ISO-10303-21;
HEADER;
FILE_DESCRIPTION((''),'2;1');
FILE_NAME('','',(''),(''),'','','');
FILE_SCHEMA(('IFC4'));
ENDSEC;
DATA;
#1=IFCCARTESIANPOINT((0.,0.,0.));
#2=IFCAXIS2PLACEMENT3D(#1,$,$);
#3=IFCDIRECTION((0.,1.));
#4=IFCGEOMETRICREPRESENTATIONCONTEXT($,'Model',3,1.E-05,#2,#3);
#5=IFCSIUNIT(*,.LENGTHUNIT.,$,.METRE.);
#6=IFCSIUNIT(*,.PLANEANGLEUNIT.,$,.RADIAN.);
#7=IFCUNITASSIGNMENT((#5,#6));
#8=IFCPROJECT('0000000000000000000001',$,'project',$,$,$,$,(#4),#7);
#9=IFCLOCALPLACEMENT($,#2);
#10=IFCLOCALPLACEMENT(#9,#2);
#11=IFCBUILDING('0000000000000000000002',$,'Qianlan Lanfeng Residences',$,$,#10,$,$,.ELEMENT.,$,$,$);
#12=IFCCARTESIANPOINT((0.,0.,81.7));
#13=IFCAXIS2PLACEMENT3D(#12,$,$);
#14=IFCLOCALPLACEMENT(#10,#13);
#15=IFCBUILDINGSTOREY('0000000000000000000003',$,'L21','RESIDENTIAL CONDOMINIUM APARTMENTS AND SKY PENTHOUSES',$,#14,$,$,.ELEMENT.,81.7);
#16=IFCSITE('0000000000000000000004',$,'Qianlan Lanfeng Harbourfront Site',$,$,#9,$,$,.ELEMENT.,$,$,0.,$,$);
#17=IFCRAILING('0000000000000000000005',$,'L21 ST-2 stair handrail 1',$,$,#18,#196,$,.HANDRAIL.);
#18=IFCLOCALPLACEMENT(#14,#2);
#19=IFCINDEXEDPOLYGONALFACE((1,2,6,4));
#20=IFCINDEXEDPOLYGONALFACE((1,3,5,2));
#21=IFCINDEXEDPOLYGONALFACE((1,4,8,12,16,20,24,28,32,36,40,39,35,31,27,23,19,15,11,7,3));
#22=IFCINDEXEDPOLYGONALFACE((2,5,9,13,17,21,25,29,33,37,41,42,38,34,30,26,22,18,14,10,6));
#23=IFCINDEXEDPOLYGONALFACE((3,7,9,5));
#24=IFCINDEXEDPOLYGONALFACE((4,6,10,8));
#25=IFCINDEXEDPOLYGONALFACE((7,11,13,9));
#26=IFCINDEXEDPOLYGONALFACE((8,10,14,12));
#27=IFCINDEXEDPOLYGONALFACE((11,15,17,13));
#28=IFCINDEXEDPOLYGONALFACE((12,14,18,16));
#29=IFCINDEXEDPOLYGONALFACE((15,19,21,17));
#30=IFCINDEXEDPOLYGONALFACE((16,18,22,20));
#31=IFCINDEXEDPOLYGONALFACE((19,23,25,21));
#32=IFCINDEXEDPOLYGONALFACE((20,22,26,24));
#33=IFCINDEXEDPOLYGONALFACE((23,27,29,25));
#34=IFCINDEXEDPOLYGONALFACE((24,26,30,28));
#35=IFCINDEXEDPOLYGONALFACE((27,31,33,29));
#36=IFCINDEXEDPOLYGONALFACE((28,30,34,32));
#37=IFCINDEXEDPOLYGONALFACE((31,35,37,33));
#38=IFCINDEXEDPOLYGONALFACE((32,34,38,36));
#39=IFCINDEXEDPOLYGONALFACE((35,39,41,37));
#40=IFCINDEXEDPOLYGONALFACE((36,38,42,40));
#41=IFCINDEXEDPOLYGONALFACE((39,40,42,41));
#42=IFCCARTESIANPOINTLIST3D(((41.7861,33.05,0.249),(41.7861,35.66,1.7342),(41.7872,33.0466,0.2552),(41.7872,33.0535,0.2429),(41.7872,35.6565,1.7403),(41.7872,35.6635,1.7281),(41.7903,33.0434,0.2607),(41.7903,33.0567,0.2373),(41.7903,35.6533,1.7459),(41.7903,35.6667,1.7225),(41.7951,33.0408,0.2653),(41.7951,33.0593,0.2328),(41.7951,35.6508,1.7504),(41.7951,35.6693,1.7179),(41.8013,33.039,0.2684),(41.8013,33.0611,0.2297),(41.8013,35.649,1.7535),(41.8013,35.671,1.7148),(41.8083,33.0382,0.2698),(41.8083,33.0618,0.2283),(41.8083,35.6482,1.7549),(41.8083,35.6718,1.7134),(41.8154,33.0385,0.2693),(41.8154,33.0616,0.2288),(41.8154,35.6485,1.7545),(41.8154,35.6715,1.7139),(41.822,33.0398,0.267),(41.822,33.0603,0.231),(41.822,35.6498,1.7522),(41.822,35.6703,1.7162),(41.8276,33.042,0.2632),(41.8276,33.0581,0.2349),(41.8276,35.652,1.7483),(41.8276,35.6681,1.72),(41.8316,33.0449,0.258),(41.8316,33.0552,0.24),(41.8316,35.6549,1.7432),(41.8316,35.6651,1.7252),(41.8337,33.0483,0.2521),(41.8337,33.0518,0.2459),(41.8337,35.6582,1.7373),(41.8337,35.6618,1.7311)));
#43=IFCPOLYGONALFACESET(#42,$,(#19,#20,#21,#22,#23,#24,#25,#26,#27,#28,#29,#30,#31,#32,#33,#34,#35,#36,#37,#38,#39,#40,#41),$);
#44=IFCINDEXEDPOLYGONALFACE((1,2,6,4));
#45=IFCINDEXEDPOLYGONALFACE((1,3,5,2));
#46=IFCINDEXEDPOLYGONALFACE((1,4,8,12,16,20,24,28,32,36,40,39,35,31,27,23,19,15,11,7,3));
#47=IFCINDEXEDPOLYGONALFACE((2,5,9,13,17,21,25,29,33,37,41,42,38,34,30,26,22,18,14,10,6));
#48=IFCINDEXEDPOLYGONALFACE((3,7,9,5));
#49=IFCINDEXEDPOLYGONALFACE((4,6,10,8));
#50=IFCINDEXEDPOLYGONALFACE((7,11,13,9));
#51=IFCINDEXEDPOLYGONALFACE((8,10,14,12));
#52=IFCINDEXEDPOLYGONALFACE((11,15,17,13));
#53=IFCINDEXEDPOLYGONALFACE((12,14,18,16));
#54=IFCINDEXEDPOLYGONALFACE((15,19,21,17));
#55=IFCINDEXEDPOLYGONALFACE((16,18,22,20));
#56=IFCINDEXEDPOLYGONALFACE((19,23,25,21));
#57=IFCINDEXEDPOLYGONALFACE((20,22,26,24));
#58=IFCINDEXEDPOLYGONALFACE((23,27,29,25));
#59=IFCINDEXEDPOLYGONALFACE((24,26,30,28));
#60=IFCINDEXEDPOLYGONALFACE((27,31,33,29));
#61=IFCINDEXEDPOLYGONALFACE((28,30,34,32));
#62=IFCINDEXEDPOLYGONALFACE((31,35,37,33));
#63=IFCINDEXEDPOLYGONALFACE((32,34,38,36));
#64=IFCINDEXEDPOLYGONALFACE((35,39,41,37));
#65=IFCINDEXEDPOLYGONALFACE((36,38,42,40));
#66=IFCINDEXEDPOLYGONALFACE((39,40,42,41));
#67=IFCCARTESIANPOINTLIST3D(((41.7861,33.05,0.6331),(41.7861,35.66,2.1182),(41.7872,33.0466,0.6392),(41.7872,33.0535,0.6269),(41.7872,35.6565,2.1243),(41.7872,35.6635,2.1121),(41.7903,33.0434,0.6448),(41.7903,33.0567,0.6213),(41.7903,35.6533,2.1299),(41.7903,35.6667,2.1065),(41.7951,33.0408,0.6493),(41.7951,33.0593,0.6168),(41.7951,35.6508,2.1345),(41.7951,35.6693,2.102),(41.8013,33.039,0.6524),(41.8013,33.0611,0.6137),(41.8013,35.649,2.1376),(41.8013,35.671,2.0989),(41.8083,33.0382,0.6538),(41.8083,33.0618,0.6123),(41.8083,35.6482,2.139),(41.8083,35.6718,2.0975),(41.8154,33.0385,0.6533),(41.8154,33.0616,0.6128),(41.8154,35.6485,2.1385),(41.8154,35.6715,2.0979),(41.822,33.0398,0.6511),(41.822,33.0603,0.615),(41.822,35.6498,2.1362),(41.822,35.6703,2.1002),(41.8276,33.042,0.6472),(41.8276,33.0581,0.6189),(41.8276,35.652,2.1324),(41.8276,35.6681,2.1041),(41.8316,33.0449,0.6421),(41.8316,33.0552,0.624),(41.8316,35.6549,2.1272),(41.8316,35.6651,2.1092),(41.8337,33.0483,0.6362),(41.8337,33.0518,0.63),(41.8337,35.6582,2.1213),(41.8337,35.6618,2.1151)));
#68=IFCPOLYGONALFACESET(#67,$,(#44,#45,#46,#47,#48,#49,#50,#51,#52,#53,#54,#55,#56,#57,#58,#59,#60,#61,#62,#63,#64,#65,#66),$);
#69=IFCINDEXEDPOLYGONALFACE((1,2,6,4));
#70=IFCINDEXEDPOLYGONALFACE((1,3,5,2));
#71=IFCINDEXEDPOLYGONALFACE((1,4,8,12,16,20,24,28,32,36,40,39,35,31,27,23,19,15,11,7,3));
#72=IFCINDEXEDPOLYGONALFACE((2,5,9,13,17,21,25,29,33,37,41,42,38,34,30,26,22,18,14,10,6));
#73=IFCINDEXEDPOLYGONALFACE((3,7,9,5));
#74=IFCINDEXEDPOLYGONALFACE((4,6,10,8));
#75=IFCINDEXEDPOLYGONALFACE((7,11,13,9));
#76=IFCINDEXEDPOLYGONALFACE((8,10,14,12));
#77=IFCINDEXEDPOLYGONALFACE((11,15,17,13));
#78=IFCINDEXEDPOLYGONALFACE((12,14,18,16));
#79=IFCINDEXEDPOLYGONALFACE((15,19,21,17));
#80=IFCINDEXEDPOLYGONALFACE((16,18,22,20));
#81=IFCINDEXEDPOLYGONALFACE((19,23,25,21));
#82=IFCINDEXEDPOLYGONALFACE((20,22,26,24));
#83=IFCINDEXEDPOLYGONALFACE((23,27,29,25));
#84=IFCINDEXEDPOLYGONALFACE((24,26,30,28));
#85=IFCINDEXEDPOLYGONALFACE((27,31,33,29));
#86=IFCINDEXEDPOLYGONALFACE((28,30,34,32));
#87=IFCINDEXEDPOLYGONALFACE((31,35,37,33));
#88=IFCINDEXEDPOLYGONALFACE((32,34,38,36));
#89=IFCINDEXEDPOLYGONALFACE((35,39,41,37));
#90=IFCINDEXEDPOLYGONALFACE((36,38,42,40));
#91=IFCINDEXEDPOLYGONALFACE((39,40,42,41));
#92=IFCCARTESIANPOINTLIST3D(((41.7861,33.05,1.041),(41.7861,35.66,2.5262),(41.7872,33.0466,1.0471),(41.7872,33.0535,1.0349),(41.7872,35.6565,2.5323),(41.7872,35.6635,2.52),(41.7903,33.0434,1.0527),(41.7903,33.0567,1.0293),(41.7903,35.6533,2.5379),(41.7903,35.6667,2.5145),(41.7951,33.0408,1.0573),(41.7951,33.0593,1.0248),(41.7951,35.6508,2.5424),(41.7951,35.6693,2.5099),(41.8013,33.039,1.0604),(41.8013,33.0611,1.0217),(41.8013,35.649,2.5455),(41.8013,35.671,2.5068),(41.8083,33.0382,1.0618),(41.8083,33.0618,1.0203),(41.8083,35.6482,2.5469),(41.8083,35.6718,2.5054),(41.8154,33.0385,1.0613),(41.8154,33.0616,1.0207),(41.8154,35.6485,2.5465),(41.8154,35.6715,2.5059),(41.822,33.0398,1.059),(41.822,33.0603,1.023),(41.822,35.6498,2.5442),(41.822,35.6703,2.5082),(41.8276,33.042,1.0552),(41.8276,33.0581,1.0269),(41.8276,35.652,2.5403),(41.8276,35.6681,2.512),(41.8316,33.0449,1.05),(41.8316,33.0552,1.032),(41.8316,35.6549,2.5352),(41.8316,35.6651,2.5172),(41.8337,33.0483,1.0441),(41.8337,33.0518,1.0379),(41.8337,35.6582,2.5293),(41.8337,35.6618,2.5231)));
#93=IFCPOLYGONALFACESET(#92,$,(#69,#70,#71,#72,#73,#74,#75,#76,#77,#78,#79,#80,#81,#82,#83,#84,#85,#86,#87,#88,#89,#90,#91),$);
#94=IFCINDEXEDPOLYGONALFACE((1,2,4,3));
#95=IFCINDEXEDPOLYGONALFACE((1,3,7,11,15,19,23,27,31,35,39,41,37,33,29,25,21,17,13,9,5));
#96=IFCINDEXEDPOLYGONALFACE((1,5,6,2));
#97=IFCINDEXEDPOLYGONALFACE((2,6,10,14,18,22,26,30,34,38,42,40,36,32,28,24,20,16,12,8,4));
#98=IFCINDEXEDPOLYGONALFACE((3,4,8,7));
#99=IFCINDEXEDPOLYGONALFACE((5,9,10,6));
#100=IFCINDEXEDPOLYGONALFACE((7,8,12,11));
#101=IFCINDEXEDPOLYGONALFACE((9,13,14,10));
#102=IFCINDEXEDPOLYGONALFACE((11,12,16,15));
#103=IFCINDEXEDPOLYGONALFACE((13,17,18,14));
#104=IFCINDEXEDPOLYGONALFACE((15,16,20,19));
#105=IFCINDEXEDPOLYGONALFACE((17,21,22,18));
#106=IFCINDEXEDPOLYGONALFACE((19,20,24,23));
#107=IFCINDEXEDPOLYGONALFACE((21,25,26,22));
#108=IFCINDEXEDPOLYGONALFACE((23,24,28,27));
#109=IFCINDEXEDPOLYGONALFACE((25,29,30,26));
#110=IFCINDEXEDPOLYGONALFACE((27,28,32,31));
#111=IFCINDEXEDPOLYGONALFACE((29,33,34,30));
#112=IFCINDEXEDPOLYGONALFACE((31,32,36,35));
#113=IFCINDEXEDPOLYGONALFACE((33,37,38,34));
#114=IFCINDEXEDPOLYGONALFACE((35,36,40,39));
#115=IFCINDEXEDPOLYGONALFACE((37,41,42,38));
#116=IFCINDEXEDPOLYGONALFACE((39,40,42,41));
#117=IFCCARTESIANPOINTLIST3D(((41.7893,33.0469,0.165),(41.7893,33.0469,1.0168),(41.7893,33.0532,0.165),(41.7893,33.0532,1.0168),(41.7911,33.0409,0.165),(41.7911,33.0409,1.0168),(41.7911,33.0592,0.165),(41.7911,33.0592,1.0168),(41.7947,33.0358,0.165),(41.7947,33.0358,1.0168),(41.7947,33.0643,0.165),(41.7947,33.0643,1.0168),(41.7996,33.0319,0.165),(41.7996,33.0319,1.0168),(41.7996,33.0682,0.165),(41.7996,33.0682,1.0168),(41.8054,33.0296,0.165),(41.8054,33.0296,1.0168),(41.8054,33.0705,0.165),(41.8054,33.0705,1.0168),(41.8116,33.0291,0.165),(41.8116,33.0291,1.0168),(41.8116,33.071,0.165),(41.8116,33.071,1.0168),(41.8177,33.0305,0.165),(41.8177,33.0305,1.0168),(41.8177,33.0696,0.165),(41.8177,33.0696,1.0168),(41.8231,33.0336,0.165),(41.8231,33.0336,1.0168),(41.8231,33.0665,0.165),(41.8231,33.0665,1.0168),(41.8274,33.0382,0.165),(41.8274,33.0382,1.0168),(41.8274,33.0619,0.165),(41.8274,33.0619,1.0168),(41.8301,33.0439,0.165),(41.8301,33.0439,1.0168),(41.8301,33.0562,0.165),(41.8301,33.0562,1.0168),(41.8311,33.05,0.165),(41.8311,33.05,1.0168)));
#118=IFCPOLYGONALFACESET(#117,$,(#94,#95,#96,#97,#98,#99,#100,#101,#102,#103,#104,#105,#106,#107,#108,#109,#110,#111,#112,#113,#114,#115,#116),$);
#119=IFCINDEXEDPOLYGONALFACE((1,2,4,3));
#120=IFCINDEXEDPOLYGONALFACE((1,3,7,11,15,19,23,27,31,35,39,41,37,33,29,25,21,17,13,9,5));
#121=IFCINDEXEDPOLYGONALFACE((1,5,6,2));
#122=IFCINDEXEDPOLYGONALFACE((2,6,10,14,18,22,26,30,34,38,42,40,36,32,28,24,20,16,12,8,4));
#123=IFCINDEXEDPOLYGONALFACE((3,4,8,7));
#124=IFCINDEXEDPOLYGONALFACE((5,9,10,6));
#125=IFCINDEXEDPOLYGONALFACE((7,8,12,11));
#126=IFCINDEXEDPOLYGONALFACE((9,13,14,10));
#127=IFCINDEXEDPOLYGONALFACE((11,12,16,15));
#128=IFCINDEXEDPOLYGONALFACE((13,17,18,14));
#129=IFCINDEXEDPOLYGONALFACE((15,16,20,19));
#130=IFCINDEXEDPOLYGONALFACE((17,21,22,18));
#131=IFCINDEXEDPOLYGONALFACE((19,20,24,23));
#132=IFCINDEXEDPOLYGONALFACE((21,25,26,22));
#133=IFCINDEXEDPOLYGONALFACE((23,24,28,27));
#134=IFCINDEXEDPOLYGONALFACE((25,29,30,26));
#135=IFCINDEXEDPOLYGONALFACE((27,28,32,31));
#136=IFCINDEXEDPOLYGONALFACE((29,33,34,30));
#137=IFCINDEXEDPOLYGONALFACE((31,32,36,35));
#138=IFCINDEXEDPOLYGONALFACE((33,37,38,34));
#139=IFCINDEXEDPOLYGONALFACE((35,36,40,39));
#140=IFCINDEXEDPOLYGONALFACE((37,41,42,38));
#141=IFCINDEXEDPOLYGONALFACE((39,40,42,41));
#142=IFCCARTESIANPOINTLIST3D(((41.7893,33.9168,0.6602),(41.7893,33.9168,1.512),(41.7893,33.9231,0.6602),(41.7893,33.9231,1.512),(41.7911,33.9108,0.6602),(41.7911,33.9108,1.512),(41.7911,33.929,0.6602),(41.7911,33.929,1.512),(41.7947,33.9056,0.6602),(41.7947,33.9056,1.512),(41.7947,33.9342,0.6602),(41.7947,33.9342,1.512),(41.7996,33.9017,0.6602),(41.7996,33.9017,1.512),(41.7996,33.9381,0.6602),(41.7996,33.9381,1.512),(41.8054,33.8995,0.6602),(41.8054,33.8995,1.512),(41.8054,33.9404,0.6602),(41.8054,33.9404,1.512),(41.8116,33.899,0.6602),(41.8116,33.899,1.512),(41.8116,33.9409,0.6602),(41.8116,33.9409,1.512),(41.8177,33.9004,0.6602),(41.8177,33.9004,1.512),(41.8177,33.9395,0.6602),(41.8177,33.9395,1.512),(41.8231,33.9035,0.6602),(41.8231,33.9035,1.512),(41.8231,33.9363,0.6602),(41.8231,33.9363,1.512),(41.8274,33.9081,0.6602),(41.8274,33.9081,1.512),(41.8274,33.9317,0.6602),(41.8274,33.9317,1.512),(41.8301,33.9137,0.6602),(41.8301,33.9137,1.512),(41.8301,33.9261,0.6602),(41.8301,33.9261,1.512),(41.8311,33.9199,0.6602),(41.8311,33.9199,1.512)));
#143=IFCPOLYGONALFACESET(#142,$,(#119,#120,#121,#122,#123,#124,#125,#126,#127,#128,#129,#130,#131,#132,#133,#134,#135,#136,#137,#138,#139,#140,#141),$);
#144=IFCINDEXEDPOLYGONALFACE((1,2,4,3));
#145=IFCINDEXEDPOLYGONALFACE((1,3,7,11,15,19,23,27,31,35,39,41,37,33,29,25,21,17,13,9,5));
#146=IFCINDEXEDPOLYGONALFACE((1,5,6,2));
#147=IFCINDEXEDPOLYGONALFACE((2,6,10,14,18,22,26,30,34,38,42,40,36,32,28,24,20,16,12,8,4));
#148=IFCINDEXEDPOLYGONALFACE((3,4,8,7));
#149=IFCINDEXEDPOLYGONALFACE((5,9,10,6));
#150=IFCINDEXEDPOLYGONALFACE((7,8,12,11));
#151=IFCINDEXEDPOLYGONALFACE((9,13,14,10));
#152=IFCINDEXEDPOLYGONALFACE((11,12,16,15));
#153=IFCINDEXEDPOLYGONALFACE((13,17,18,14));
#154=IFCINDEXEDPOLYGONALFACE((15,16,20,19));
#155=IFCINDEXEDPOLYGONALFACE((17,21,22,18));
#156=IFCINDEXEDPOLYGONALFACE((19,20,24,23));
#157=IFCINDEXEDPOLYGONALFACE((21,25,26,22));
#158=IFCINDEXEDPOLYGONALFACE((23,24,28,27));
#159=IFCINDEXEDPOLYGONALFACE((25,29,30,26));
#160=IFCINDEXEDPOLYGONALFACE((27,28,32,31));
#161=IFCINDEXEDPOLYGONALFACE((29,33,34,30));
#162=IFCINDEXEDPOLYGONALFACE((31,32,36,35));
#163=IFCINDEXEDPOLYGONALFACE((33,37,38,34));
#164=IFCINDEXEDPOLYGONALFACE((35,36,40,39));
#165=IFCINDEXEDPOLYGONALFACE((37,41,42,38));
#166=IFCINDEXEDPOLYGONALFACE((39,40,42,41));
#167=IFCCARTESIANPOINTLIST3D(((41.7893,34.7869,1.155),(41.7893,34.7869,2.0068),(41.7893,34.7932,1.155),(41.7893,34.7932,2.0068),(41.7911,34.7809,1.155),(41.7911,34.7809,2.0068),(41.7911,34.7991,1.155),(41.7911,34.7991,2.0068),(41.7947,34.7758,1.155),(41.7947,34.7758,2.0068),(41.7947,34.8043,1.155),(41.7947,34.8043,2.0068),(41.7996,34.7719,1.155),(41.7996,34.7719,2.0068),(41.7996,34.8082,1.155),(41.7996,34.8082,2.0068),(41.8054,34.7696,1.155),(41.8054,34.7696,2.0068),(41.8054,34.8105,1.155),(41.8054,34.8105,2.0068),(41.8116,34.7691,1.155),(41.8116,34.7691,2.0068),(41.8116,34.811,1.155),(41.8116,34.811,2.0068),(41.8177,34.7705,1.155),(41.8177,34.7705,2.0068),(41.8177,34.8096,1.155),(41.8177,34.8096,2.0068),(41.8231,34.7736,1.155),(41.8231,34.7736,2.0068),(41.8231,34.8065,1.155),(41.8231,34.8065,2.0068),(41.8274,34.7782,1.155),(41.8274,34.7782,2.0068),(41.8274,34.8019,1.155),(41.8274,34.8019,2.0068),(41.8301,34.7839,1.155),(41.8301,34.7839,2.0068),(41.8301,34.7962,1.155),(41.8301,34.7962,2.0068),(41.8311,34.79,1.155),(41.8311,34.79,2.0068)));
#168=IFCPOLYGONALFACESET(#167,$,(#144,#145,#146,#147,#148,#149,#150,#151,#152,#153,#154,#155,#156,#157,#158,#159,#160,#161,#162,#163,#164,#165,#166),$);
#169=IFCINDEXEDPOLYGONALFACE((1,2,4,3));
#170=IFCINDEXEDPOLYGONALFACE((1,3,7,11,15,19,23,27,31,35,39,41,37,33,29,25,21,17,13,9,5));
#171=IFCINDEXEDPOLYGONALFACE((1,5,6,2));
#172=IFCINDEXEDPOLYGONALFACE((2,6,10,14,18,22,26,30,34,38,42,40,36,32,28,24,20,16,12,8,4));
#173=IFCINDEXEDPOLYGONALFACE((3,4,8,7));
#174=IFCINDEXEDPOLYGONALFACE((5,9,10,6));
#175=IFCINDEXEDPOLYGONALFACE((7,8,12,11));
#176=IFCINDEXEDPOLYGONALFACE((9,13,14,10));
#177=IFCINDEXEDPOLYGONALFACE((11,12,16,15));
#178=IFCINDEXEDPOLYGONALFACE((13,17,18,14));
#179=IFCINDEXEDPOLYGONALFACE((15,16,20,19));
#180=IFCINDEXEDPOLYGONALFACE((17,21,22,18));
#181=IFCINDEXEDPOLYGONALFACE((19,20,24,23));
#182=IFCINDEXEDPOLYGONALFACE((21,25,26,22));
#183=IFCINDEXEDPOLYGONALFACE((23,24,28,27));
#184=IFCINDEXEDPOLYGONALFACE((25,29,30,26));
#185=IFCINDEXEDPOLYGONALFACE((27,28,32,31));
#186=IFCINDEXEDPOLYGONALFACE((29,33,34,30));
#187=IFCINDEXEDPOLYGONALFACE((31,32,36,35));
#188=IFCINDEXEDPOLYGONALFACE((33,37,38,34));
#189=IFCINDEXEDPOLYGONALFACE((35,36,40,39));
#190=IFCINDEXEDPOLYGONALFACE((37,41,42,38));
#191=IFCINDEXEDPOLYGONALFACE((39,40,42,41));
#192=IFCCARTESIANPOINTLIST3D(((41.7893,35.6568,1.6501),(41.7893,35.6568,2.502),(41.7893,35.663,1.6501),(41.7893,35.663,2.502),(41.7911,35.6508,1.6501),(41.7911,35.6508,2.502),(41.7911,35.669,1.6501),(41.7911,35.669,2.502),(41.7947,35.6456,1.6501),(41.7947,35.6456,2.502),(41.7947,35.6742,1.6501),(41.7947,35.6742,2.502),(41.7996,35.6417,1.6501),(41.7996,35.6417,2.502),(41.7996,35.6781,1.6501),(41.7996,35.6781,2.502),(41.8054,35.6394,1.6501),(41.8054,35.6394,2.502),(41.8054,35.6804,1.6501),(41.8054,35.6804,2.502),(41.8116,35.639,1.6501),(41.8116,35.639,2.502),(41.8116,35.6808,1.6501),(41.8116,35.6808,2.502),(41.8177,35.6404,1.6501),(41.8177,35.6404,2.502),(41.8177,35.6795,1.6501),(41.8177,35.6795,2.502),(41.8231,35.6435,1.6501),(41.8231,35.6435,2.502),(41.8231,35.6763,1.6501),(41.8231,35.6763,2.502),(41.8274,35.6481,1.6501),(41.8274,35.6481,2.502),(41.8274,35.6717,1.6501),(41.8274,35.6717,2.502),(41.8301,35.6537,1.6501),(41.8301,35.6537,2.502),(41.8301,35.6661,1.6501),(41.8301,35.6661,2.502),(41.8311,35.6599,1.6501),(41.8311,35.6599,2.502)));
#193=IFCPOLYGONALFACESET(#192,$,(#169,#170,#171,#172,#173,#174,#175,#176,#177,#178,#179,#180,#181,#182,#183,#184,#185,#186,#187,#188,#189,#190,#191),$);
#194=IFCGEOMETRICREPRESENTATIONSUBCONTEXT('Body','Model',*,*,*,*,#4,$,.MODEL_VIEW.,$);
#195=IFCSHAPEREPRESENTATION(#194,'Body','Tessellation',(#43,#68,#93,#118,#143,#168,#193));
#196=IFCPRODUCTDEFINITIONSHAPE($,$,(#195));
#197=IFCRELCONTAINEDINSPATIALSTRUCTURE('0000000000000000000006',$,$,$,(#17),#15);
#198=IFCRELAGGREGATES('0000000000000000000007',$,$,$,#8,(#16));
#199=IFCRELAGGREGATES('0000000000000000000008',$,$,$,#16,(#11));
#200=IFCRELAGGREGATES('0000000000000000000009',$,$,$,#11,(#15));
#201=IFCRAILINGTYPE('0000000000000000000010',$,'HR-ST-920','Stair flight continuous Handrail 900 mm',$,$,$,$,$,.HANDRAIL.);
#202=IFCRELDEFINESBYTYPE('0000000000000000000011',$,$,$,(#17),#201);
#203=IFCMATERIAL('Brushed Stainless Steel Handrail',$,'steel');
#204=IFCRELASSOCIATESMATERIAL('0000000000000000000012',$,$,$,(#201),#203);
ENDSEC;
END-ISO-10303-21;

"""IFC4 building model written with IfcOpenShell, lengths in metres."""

from ifc_helpers import new_model, si_unit, direction, frame, origin, origin_2d, place, context, subcontext, project, spatial, circle, extrude, material, type_object, element, save


model = new_model("IFC4")

# Units and contexts
model_context = context("Model", 3, precision=1e-05, world=origin(), true_north=direction((0.0, 1.0)))
body_context = subcontext(model_context, "Body", "Model", "MODEL_VIEW")
ifc_project = project(units=[si_unit("LENGTHUNIT", "METRE"), si_unit("PLANEANGLEUNIT", "RADIAN")], contexts=[model_context])

# Site, building, storey
site_placement = place(None, origin())
site = spatial("IfcSite", under=ifc_project, at=site_placement, Name="Qianlan Lanfeng Harbourfront Site", CompositionType="ELEMENT", RefElevation=0.0)
building_placement = place(site_placement, origin())
building = spatial("IfcBuilding", under=site, at=building_placement, Name="Qianlan Lanfeng Residences", CompositionType="ELEMENT")
storey_placement = place(building_placement, frame((0.0, 0.0, 81.7)))
storey = spatial("IfcBuildingStorey", under=building, at=storey_placement, Name="L21", Description="RESIDENTIAL CONDOMINIUM APARTMENTS AND SKY PENTHOUSES", CompositionType="ELEMENT", Elevation=81.7)

# Railing
ifc_material_1 = material(Name="Brushed Stainless Steel Handrail", Category="steel")
railing_type_1 = type_object("IfcRailingType", Name="HR-ST-920", Description="Stair flight continuous Handrail 900 mm", PredefinedType="HANDRAIL", material=ifc_material_1)
railing_1_placement = place(storey_placement, frame((41.8101, 33.05, 0.165)))
element("IfcRailing", 1, at=railing_1_placement, inside=storey, type_object=railing_type_1, Name="L21 ST-2 stair handrail 1", PredefinedType="HANDRAIL", context=body_context, shape_type="SweptSolid", body=[
    extrude(circle(Radius=0.0239, at=origin_2d()), frame((0.0, 0.0, 0.084), z_axis=(0.0, 0.869137, 0.494571), x_axis=(-1.0, 0.0, 0.0)), (0.0, 0.0, 1.0), 3.0029),
    extrude(circle(Radius=0.0239, at=origin_2d()), frame((0.0, 0.0, 0.468), z_axis=(0.0, 0.869137, 0.494571), x_axis=(-1.0, 0.0, 0.0)), (0.0, 0.0, 1.0), 3.0029),
    extrude(circle(Radius=0.0239, at=origin_2d()), frame((0.0, 0.0, 0.876), z_axis=(0.0, 0.869137, 0.494571), x_axis=(-1.0, 0.0, 0.0)), (0.0, 0.0, 1.0), 3.0029),
    extrude(circle(Radius=0.021, at=origin_2d()), origin(), (0.0, 0.0, 1.0), 0.8518),
    extrude(circle(Radius=0.021, at=origin_2d()), frame((0.0, 0.8699, 0.4951)), (0.0, 0.0, 1.0), 0.8518),
    extrude(circle(Radius=0.021, at=origin_2d()), frame((0.0, 1.74, 0.99)), (0.0, 0.0, 1.0), 0.8518),
    extrude(circle(Radius=0.021, at=origin_2d()), frame((0.0, 2.6099, 1.4851)), (0.0, 0.0, 1.0), 0.8518),
])

save(model, "model.ifc")
